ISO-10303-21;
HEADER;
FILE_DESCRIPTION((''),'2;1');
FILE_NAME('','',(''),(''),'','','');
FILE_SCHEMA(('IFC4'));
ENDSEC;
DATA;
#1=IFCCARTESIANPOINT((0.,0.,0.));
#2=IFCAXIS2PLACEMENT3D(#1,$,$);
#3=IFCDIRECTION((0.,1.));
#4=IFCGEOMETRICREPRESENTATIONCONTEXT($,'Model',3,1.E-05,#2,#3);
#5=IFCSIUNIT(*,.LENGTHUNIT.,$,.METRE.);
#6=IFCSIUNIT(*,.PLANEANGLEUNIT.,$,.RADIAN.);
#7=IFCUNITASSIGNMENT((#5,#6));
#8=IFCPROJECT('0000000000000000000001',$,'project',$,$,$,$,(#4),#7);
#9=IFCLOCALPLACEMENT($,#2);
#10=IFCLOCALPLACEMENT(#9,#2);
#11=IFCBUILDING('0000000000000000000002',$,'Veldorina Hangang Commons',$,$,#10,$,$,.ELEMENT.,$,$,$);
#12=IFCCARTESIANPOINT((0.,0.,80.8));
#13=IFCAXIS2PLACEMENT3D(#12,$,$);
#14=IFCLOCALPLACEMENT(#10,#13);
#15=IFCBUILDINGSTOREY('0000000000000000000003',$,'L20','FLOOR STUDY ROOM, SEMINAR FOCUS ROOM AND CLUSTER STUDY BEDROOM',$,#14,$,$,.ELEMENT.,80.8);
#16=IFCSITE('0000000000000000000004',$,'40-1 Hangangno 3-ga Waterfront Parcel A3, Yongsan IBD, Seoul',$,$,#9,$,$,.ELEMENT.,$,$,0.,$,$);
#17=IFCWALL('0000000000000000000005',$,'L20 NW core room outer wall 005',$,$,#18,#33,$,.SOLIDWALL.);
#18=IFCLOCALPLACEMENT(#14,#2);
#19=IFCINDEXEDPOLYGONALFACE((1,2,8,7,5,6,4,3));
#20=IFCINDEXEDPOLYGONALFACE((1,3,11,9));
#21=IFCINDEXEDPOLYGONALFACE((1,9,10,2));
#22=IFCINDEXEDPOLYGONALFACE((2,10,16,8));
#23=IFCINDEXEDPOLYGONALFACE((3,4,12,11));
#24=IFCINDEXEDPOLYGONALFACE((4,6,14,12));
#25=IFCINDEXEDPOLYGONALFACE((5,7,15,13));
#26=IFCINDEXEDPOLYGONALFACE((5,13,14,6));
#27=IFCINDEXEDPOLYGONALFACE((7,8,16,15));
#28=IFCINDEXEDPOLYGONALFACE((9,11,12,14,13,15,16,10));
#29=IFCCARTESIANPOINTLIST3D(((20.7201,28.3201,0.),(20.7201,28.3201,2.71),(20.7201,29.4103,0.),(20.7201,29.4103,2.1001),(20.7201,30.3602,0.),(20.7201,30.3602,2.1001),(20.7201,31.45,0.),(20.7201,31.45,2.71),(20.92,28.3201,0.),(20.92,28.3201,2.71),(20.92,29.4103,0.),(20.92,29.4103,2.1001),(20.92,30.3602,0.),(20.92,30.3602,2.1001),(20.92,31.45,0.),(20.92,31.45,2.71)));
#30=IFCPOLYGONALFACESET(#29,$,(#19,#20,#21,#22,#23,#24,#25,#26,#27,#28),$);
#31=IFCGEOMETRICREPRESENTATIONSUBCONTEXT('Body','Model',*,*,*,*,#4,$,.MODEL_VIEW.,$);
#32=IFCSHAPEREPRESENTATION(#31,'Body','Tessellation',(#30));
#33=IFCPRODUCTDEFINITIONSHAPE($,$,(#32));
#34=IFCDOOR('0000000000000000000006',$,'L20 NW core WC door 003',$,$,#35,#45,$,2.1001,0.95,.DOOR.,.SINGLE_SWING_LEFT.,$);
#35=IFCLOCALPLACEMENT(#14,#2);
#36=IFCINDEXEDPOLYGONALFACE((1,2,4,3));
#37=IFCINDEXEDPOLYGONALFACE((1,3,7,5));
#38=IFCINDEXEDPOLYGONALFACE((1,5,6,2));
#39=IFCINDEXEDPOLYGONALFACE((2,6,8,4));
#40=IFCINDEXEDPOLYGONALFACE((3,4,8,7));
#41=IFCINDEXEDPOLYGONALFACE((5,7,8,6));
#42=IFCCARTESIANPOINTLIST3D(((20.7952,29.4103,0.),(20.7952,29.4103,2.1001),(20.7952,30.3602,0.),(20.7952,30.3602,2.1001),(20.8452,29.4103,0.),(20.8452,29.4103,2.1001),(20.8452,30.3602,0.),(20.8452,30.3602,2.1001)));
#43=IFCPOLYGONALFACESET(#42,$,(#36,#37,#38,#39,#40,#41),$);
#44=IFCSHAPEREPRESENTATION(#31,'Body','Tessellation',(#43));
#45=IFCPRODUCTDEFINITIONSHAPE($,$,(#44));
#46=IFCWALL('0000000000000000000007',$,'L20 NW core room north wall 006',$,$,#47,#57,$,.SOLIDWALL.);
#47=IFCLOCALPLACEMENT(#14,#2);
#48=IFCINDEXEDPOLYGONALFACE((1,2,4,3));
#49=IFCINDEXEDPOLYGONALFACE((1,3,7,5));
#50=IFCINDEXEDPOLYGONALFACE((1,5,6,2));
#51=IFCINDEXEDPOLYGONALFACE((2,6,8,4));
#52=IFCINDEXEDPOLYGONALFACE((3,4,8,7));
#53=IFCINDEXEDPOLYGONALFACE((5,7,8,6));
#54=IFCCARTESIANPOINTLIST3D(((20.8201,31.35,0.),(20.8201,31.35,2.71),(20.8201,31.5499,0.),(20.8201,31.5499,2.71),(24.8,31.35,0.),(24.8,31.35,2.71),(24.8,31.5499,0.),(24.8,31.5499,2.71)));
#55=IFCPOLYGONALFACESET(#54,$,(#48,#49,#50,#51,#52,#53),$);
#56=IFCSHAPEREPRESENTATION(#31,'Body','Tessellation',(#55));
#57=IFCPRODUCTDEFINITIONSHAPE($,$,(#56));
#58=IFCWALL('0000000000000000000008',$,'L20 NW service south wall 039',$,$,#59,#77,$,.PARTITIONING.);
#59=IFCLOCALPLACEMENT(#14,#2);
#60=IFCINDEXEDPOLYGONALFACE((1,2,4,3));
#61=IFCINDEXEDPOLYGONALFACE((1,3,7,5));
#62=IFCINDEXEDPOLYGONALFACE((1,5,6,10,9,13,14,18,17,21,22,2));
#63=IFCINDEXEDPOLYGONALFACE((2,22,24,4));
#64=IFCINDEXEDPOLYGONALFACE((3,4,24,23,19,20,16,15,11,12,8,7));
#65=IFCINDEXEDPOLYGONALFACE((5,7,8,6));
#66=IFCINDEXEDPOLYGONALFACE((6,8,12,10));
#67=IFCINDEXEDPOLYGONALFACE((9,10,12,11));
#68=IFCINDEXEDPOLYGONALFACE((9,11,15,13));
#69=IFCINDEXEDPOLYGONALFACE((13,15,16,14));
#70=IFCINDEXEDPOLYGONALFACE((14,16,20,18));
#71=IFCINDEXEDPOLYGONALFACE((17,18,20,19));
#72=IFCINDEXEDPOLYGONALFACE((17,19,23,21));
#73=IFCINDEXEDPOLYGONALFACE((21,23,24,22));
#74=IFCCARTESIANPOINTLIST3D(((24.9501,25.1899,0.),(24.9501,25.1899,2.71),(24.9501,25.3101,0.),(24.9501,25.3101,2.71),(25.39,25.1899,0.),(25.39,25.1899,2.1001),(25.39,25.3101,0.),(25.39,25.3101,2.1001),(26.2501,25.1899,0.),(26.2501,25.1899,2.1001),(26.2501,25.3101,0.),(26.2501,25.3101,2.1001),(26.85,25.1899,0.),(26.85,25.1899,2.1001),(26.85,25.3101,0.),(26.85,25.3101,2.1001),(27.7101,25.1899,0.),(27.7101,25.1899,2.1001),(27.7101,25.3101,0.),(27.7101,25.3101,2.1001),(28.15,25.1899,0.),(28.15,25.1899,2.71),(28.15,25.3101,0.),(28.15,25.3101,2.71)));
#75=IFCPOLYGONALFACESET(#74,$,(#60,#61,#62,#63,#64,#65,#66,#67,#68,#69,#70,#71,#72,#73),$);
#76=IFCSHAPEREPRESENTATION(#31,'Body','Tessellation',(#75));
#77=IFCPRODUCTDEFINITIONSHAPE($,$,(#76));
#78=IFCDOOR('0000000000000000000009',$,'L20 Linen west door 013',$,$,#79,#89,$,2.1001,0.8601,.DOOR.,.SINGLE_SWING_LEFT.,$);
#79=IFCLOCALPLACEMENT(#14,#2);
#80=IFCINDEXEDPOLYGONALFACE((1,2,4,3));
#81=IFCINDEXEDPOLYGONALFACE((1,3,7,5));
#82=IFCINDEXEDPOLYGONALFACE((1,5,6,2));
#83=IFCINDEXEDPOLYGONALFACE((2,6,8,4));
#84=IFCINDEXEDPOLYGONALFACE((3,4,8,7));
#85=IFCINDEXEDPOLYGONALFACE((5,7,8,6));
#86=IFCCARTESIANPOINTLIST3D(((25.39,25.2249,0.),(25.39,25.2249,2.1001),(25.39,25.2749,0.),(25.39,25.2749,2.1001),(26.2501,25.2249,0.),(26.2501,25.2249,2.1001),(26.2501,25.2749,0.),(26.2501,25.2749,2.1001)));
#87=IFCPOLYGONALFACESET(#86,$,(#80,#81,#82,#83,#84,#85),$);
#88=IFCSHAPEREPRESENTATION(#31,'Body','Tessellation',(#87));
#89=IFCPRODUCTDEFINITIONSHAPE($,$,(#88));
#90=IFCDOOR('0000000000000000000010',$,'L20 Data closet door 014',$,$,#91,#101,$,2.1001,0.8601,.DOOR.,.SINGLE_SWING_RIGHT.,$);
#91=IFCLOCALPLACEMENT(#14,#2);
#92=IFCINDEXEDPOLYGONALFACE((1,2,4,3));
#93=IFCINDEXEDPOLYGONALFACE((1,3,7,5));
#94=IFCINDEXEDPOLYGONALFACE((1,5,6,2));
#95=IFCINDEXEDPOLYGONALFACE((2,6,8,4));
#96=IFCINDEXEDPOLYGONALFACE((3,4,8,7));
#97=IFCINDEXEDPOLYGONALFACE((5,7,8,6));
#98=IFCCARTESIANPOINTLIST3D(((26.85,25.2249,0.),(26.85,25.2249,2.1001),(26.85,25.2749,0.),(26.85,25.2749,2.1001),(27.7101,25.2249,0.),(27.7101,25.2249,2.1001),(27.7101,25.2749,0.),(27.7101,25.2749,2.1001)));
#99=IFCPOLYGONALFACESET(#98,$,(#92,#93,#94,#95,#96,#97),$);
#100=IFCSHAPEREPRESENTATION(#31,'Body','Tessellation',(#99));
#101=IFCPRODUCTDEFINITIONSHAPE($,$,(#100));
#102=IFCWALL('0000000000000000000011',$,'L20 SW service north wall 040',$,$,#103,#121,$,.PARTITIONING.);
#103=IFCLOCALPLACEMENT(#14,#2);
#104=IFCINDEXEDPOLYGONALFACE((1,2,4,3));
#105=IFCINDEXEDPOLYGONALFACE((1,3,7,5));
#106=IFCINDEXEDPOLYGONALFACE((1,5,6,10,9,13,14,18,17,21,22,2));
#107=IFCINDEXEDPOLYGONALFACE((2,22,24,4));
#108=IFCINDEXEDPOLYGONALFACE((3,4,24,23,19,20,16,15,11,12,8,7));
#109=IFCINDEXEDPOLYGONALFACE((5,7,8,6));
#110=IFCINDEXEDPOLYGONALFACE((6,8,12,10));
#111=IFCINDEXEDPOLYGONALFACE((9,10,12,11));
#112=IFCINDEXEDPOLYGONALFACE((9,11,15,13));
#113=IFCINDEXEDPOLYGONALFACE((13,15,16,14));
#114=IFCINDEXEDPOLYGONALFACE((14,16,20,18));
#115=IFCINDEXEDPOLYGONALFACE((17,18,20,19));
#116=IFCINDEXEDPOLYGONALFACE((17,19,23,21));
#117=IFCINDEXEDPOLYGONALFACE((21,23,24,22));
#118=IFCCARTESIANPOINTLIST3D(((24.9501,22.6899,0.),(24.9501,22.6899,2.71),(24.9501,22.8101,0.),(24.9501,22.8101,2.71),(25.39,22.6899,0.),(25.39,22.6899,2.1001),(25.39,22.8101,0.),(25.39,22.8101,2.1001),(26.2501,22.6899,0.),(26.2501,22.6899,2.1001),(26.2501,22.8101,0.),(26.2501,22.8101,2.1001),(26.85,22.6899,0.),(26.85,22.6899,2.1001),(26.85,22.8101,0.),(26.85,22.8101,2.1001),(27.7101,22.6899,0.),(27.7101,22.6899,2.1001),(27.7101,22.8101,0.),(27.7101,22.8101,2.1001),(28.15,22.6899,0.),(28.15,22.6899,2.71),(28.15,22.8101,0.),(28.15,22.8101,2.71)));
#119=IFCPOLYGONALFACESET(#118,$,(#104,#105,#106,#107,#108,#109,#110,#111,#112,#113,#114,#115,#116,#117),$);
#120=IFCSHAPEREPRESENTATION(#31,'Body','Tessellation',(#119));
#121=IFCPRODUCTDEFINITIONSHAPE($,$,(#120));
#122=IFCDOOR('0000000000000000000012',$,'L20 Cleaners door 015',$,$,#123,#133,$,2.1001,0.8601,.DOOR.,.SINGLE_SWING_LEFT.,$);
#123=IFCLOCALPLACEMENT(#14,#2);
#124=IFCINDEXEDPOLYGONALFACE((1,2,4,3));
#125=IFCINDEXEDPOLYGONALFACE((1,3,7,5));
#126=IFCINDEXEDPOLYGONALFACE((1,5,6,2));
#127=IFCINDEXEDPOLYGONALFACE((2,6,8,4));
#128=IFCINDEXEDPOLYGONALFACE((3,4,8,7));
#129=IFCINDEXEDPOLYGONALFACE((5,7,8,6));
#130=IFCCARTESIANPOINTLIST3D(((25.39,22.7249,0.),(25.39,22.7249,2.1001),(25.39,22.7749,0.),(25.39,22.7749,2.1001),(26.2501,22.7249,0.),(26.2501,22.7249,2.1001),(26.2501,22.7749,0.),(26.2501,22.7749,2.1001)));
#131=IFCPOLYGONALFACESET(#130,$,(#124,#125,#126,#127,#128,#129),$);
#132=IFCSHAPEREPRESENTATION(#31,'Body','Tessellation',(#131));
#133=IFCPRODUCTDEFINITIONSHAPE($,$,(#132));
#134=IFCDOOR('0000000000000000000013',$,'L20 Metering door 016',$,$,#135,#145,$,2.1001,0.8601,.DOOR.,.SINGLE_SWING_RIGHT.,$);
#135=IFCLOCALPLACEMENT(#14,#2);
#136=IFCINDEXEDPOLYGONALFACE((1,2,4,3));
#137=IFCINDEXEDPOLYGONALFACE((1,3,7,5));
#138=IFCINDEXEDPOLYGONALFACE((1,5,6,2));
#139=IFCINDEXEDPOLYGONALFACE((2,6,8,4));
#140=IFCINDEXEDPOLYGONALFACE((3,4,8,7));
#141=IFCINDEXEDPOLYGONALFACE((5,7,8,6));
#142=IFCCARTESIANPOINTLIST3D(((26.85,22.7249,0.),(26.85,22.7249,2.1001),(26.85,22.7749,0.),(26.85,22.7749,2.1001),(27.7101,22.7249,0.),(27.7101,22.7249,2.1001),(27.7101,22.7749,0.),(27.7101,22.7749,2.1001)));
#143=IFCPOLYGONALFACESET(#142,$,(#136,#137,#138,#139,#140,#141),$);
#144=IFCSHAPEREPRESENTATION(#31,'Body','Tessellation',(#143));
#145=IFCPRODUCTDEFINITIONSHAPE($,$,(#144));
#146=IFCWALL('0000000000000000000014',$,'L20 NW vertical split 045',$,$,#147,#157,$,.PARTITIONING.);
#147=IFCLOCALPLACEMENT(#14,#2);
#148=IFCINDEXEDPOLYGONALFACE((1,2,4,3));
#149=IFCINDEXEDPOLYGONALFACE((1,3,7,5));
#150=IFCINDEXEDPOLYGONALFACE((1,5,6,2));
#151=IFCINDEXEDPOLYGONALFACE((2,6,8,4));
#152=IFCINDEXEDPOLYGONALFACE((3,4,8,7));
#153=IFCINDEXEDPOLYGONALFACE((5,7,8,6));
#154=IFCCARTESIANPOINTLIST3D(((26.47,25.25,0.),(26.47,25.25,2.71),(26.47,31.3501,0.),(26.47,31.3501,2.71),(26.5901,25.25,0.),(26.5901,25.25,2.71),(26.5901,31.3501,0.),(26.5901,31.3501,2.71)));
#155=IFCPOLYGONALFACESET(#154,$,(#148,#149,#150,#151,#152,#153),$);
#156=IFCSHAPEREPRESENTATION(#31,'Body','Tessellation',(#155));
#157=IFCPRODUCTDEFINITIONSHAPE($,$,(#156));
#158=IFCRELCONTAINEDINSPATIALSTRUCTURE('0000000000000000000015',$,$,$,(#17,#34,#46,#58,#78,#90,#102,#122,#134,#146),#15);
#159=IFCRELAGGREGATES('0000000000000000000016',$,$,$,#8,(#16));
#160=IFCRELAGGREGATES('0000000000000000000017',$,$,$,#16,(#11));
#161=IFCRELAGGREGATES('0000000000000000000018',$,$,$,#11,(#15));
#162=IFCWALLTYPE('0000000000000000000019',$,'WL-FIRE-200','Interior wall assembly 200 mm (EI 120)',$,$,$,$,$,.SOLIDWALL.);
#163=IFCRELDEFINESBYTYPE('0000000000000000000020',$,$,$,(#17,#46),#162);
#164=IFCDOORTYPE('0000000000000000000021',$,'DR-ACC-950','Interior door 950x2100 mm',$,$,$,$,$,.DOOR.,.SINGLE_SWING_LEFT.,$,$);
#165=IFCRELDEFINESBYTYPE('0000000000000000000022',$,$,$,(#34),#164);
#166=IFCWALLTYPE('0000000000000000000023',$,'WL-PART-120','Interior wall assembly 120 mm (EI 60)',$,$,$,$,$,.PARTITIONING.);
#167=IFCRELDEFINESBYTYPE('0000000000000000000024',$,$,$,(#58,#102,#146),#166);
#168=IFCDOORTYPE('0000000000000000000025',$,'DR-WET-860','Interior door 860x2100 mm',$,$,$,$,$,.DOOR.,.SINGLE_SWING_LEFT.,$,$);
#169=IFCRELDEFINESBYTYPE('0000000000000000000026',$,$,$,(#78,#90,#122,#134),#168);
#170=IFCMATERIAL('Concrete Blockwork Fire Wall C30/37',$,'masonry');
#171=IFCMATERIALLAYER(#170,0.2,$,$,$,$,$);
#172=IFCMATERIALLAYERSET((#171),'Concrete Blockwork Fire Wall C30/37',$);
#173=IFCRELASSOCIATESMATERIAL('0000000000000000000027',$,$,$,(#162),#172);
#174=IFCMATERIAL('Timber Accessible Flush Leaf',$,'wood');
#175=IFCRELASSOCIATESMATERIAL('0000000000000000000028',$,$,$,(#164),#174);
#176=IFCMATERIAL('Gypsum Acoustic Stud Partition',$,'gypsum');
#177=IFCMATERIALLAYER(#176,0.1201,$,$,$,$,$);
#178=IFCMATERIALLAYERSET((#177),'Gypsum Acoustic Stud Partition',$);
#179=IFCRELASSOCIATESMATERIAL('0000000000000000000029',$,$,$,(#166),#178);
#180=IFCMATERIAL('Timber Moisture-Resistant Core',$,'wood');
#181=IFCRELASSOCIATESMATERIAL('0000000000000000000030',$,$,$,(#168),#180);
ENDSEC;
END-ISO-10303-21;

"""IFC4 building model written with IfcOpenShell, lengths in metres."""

from ifc_helpers import new_model, si_unit, direction, frame, frame_2d, origin, place, context, subcontext, project, spatial, rectangle, extrude, material, layer, layer_set, type_object, element, fill, save


model = new_model("IFC4")

# Units and contexts
model_context = context("Model", 3, precision=1e-05, world=origin(), true_north=direction((0.0, 1.0)))
body_context = subcontext(model_context, "Body", "Model", "MODEL_VIEW")
ifc_project = project(units=[si_unit("LENGTHUNIT", "METRE"), si_unit("PLANEANGLEUNIT", "RADIAN")], contexts=[model_context])

# Site, building, storey
site_placement = place(None, origin())
site = spatial("IfcSite", under=ifc_project, at=site_placement, Name="40-1 Hangangno 3-ga Waterfront Parcel A3, Yongsan IBD, Seoul", CompositionType="ELEMENT", RefElevation=0.0)
building_placement = place(site_placement, origin())
building = spatial("IfcBuilding", under=site, at=building_placement, Name="Veldorina Hangang Commons", CompositionType="ELEMENT")
storey_placement = place(building_placement, frame((0.0, 0.0, 80.8)))
storey = spatial("IfcBuildingStorey", under=building, at=storey_placement, Name="L20", Description="FLOOR STUDY ROOM, SEMINAR FOCUS ROOM AND CLUSTER STUDY BEDROOM", CompositionType="ELEMENT", Elevation=80.8)

# Wall, opening, door
ifc_material_1 = material(Name="Concrete Blockwork Fire Wall C30/37", Category="masonry")
ifc_layer_1 = layer(ifc_material_1, 0.2)
ifc_layer_set_1 = layer_set([ifc_layer_1], Name="Concrete Blockwork Fire Wall C30/37")
wall_type_1 = type_object("IfcWallType", Name="WL-FIRE-200", Description="Interior wall assembly 200 mm (EI 120)", PredefinedType="SOLIDWALL", material=ifc_layer_set_1)
wall_1_placement = place(storey_placement, frame((20.8201, 28.3201, 0.0), z_axis=(0.0, 0.0, 1.0), x_axis=(0.0, 1.0, 0.0)))
wall_1 = element("IfcWall", 1, at=wall_1_placement, inside=storey, type_object=wall_type_1, Name="L20 NW core room outer wall 005", PredefinedType="SOLIDWALL", context=body_context, shape_type="SweptSolid", body=[
    extrude(rectangle(XDim=3.1299, YDim=0.2, at=frame_2d((1.5649, 0.0))), origin(), (0.0, 0.0, 1.0), 2.71),
])
opening_1_placement = place(wall_1_placement, frame((1.0901, 0.0, 0.0)))
opening_1 = element("IfcOpeningElement", 2, at=opening_1_placement, cuts=wall_1, PredefinedType="OPENING", context=body_context, shape_type="SweptSolid", body=[
    extrude(rectangle(XDim=0.95, YDim=2.1001, at=frame_2d((0.4751, 1.05))), frame((0.0, 0.1099, 0.0), z_axis=(0.0, -1.0, 0.0), x_axis=(1.0, 0.0, 0.0)), (0.0, 0.0, 1.0), 0.22),
])
ifc_material_2 = material(Name="Timber Accessible Flush Leaf", Category="wood")
door_type_1 = type_object("IfcDoorType", Name="DR-ACC-950", Description="Interior door 950x2100 mm", OperationType="SINGLE_SWING_LEFT", PredefinedType="DOOR", material=ifc_material_2)
door_1_placement = place(opening_1_placement, origin())
door_1 = element("IfcDoor", 3, at=door_1_placement, inside=storey, type_object=door_type_1, Name="L20 NW core WC door 003", OperationType="SINGLE_SWING_LEFT", OverallHeight=2.1001, OverallWidth=0.95, PredefinedType="DOOR", context=body_context, shape_type="SweptSolid", body=[
    extrude(rectangle(XDim=0.95, YDim=2.1001, at=frame_2d((0.4751, 1.05))), frame((0.0, 0.0249, 0.0), z_axis=(0.0, -1.0, 0.0), x_axis=(1.0, 0.0, 0.0)), (0.0, 0.0, 1.0), 0.05),
])
fill(opening_1, door_1)

# Wall
wall_2_placement = place(storey_placement, frame((20.8201, 31.45, 0.0), z_axis=(0.0, 0.0, 1.0), x_axis=(1.0, 0.0, 0.0)))
element("IfcWall", 4, at=wall_2_placement, inside=storey, type_object=wall_type_1, Name="L20 NW core room north wall 006", PredefinedType="SOLIDWALL", context=body_context, shape_type="SweptSolid", body=[
    extrude(rectangle(XDim=3.98, YDim=0.2, at=frame_2d((1.99, 0.0))), origin(), (0.0, 0.0, 1.0), 2.71),
])

# Walls, openings, doors
ifc_material_3 = material(Name="Gypsum Acoustic Stud Partition", Category="gypsum")
ifc_layer_2 = layer(ifc_material_3, 0.1201)
ifc_layer_set_2 = layer_set([ifc_layer_2], Name="Gypsum Acoustic Stud Partition")
wall_type_2 = type_object("IfcWallType", Name="WL-PART-120", Description="Interior wall assembly 120 mm (EI 60)", PredefinedType="PARTITIONING", material=ifc_layer_set_2)
wall_3_placement = place(storey_placement, frame((24.95, 25.25, 0.0), z_axis=(0.0, 0.0, 1.0), x_axis=(1.0, 0.0, 0.0)))
wall_3 = element("IfcWall", 5, at=wall_3_placement, inside=storey, type_object=wall_type_2, Name="L20 NW service south wall 039", PredefinedType="PARTITIONING", context=body_context, shape_type="SweptSolid", body=[
    extrude(rectangle(XDim=3.2, YDim=0.1201, at=frame_2d((1.6001, 0.0))), origin(), (0.0, 0.0, 1.0), 2.71),
])
opening_2_placement = place(wall_3_placement, frame((0.4399, 0.0, 0.0)))
opening_2 = element("IfcOpeningElement", 6, at=opening_2_placement, cuts=wall_3, PredefinedType="OPENING", context=body_context, shape_type="SweptSolid", body=[
    extrude(rectangle(XDim=0.8601, YDim=2.1001, at=frame_2d((0.4302, 1.05))), frame((0.0, 0.0701, 0.0), z_axis=(0.0, -1.0, 0.0), x_axis=(1.0, 0.0, 0.0)), (0.0, 0.0, 1.0), 0.1401),
])
opening_3_placement = place(wall_3_placement, frame((1.8999, 0.0, 0.0)))
opening_3 = element("IfcOpeningElement", 7, at=opening_3_placement, cuts=wall_3, PredefinedType="OPENING", context=body_context, shape_type="SweptSolid", body=[
    extrude(rectangle(XDim=0.8601, YDim=2.1001, at=frame_2d((0.4302, 1.05))), frame((0.0, 0.0701, 0.0), z_axis=(0.0, -1.0, 0.0), x_axis=(1.0, 0.0, 0.0)), (0.0, 0.0, 1.0), 0.1401),
])
ifc_material_4 = material(Name="Timber Moisture-Resistant Core", Category="wood")
door_type_2 = type_object("IfcDoorType", Name="DR-WET-860", Description="Interior door 860x2100 mm", OperationType="SINGLE_SWING_LEFT", PredefinedType="DOOR", material=ifc_material_4)
door_2_placement = place(opening_2_placement, origin())
door_2 = element("IfcDoor", 8, at=door_2_placement, inside=storey, type_object=door_type_2, Name="L20 Linen west door 013", OperationType="SINGLE_SWING_LEFT", OverallHeight=2.1001, OverallWidth=0.8601, PredefinedType="DOOR", context=body_context, shape_type="SweptSolid", body=[
    extrude(rectangle(XDim=0.8601, YDim=2.1001, at=frame_2d((0.4302, 1.05))), frame((0.0, 0.0249, 0.0), z_axis=(0.0, -1.0, 0.0), x_axis=(1.0, 0.0, 0.0)), (0.0, 0.0, 1.0), 0.05),
])
fill(opening_2, door_2)
door_3_placement = place(opening_3_placement, origin())
door_3 = element("IfcDoor", 9, at=door_3_placement, inside=storey, type_object=door_type_2, Name="L20 Data closet door 014", OperationType="SINGLE_SWING_RIGHT", OverallHeight=2.1001, OverallWidth=0.8601, PredefinedType="DOOR", context=body_context, shape_type="SweptSolid", body=[
    extrude(rectangle(XDim=0.8601, YDim=2.1001, at=frame_2d((0.4302, 1.05))), frame((0.0, 0.0249, 0.0), z_axis=(0.0, -1.0, 0.0), x_axis=(1.0, 0.0, 0.0)), (0.0, 0.0, 1.0), 0.05),
])
fill(opening_3, door_3)
wall_4_placement = place(storey_placement, frame((24.95, 22.75, 0.0), z_axis=(0.0, 0.0, 1.0), x_axis=(1.0, 0.0, 0.0)))
wall_4 = element("IfcWall", 10, at=wall_4_placement, inside=storey, type_object=wall_type_2, Name="L20 SW service north wall 040", PredefinedType="PARTITIONING", context=body_context, shape_type="SweptSolid", body=[
    extrude(rectangle(XDim=3.2, YDim=0.1201, at=frame_2d((1.6001, 0.0))), origin(), (0.0, 0.0, 1.0), 2.71),
])
opening_4_placement = place(wall_4_placement, frame((0.4399, 0.0, 0.0)))
opening_4 = element("IfcOpeningElement", 11, at=opening_4_placement, cuts=wall_4, PredefinedType="OPENING", context=body_context, shape_type="SweptSolid", body=[
    extrude(rectangle(XDim=0.8601, YDim=2.1001, at=frame_2d((0.4302, 1.05))), frame((0.0, 0.0701, 0.0), z_axis=(0.0, -1.0, 0.0), x_axis=(1.0, 0.0, 0.0)), (0.0, 0.0, 1.0), 0.1401),
])
opening_5_placement = place(wall_4_placement, frame((1.8999, 0.0, 0.0)))
opening_5 = element("IfcOpeningElement", 12, at=opening_5_placement, cuts=wall_4, PredefinedType="OPENING", context=body_context, shape_type="SweptSolid", body=[
    extrude(rectangle(XDim=0.8601, YDim=2.1001, at=frame_2d((0.4302, 1.05))), frame((0.0, 0.0701, 0.0), z_axis=(0.0, -1.0, 0.0), x_axis=(1.0, 0.0, 0.0)), (0.0, 0.0, 1.0), 0.1401),
])
door_4_placement = place(opening_4_placement, origin())
door_4 = element("IfcDoor", 13, at=door_4_placement, inside=storey, type_object=door_type_2, Name="L20 Cleaners door 015", OperationType="SINGLE_SWING_LEFT", OverallHeight=2.1001, OverallWidth=0.8601, PredefinedType="DOOR", context=body_context, shape_type="SweptSolid", body=[
    extrude(rectangle(XDim=0.8601, YDim=2.1001, at=frame_2d((0.4302, 1.05))), frame((0.0, 0.0249, 0.0), z_axis=(0.0, -1.0, 0.0), x_axis=(1.0, 0.0, 0.0)), (0.0, 0.0, 1.0), 0.05),
])
fill(opening_4, door_4)
door_5_placement = place(opening_5_placement, origin())
door_5 = element("IfcDoor", 14, at=door_5_placement, inside=storey, type_object=door_type_2, Name="L20 Metering door 016", OperationType="SINGLE_SWING_RIGHT", OverallHeight=2.1001, OverallWidth=0.8601, PredefinedType="DOOR", context=body_context, shape_type="SweptSolid", body=[
    extrude(rectangle(XDim=0.8601, YDim=2.1001, at=frame_2d((0.4302, 1.05))), frame((0.0, 0.0249, 0.0), z_axis=(0.0, -1.0, 0.0), x_axis=(1.0, 0.0, 0.0)), (0.0, 0.0, 1.0), 0.05),
])
fill(opening_5, door_5)

# Wall
wall_5_placement = place(storey_placement, frame((26.53, 25.25, 0.0), z_axis=(0.0, 0.0, 1.0), x_axis=(0.0, 1.0, 0.0)))
element("IfcWall", 15, at=wall_5_placement, inside=storey, type_object=wall_type_2, Name="L20 NW vertical split 045", PredefinedType="PARTITIONING", context=body_context, shape_type="SweptSolid", body=[
    extrude(rectangle(XDim=6.1001, YDim=0.1201, at=frame_2d((3.05, 0.0))), origin(), (0.0, 0.0, 1.0), 2.71),
])

save(model, "model.ifc")
